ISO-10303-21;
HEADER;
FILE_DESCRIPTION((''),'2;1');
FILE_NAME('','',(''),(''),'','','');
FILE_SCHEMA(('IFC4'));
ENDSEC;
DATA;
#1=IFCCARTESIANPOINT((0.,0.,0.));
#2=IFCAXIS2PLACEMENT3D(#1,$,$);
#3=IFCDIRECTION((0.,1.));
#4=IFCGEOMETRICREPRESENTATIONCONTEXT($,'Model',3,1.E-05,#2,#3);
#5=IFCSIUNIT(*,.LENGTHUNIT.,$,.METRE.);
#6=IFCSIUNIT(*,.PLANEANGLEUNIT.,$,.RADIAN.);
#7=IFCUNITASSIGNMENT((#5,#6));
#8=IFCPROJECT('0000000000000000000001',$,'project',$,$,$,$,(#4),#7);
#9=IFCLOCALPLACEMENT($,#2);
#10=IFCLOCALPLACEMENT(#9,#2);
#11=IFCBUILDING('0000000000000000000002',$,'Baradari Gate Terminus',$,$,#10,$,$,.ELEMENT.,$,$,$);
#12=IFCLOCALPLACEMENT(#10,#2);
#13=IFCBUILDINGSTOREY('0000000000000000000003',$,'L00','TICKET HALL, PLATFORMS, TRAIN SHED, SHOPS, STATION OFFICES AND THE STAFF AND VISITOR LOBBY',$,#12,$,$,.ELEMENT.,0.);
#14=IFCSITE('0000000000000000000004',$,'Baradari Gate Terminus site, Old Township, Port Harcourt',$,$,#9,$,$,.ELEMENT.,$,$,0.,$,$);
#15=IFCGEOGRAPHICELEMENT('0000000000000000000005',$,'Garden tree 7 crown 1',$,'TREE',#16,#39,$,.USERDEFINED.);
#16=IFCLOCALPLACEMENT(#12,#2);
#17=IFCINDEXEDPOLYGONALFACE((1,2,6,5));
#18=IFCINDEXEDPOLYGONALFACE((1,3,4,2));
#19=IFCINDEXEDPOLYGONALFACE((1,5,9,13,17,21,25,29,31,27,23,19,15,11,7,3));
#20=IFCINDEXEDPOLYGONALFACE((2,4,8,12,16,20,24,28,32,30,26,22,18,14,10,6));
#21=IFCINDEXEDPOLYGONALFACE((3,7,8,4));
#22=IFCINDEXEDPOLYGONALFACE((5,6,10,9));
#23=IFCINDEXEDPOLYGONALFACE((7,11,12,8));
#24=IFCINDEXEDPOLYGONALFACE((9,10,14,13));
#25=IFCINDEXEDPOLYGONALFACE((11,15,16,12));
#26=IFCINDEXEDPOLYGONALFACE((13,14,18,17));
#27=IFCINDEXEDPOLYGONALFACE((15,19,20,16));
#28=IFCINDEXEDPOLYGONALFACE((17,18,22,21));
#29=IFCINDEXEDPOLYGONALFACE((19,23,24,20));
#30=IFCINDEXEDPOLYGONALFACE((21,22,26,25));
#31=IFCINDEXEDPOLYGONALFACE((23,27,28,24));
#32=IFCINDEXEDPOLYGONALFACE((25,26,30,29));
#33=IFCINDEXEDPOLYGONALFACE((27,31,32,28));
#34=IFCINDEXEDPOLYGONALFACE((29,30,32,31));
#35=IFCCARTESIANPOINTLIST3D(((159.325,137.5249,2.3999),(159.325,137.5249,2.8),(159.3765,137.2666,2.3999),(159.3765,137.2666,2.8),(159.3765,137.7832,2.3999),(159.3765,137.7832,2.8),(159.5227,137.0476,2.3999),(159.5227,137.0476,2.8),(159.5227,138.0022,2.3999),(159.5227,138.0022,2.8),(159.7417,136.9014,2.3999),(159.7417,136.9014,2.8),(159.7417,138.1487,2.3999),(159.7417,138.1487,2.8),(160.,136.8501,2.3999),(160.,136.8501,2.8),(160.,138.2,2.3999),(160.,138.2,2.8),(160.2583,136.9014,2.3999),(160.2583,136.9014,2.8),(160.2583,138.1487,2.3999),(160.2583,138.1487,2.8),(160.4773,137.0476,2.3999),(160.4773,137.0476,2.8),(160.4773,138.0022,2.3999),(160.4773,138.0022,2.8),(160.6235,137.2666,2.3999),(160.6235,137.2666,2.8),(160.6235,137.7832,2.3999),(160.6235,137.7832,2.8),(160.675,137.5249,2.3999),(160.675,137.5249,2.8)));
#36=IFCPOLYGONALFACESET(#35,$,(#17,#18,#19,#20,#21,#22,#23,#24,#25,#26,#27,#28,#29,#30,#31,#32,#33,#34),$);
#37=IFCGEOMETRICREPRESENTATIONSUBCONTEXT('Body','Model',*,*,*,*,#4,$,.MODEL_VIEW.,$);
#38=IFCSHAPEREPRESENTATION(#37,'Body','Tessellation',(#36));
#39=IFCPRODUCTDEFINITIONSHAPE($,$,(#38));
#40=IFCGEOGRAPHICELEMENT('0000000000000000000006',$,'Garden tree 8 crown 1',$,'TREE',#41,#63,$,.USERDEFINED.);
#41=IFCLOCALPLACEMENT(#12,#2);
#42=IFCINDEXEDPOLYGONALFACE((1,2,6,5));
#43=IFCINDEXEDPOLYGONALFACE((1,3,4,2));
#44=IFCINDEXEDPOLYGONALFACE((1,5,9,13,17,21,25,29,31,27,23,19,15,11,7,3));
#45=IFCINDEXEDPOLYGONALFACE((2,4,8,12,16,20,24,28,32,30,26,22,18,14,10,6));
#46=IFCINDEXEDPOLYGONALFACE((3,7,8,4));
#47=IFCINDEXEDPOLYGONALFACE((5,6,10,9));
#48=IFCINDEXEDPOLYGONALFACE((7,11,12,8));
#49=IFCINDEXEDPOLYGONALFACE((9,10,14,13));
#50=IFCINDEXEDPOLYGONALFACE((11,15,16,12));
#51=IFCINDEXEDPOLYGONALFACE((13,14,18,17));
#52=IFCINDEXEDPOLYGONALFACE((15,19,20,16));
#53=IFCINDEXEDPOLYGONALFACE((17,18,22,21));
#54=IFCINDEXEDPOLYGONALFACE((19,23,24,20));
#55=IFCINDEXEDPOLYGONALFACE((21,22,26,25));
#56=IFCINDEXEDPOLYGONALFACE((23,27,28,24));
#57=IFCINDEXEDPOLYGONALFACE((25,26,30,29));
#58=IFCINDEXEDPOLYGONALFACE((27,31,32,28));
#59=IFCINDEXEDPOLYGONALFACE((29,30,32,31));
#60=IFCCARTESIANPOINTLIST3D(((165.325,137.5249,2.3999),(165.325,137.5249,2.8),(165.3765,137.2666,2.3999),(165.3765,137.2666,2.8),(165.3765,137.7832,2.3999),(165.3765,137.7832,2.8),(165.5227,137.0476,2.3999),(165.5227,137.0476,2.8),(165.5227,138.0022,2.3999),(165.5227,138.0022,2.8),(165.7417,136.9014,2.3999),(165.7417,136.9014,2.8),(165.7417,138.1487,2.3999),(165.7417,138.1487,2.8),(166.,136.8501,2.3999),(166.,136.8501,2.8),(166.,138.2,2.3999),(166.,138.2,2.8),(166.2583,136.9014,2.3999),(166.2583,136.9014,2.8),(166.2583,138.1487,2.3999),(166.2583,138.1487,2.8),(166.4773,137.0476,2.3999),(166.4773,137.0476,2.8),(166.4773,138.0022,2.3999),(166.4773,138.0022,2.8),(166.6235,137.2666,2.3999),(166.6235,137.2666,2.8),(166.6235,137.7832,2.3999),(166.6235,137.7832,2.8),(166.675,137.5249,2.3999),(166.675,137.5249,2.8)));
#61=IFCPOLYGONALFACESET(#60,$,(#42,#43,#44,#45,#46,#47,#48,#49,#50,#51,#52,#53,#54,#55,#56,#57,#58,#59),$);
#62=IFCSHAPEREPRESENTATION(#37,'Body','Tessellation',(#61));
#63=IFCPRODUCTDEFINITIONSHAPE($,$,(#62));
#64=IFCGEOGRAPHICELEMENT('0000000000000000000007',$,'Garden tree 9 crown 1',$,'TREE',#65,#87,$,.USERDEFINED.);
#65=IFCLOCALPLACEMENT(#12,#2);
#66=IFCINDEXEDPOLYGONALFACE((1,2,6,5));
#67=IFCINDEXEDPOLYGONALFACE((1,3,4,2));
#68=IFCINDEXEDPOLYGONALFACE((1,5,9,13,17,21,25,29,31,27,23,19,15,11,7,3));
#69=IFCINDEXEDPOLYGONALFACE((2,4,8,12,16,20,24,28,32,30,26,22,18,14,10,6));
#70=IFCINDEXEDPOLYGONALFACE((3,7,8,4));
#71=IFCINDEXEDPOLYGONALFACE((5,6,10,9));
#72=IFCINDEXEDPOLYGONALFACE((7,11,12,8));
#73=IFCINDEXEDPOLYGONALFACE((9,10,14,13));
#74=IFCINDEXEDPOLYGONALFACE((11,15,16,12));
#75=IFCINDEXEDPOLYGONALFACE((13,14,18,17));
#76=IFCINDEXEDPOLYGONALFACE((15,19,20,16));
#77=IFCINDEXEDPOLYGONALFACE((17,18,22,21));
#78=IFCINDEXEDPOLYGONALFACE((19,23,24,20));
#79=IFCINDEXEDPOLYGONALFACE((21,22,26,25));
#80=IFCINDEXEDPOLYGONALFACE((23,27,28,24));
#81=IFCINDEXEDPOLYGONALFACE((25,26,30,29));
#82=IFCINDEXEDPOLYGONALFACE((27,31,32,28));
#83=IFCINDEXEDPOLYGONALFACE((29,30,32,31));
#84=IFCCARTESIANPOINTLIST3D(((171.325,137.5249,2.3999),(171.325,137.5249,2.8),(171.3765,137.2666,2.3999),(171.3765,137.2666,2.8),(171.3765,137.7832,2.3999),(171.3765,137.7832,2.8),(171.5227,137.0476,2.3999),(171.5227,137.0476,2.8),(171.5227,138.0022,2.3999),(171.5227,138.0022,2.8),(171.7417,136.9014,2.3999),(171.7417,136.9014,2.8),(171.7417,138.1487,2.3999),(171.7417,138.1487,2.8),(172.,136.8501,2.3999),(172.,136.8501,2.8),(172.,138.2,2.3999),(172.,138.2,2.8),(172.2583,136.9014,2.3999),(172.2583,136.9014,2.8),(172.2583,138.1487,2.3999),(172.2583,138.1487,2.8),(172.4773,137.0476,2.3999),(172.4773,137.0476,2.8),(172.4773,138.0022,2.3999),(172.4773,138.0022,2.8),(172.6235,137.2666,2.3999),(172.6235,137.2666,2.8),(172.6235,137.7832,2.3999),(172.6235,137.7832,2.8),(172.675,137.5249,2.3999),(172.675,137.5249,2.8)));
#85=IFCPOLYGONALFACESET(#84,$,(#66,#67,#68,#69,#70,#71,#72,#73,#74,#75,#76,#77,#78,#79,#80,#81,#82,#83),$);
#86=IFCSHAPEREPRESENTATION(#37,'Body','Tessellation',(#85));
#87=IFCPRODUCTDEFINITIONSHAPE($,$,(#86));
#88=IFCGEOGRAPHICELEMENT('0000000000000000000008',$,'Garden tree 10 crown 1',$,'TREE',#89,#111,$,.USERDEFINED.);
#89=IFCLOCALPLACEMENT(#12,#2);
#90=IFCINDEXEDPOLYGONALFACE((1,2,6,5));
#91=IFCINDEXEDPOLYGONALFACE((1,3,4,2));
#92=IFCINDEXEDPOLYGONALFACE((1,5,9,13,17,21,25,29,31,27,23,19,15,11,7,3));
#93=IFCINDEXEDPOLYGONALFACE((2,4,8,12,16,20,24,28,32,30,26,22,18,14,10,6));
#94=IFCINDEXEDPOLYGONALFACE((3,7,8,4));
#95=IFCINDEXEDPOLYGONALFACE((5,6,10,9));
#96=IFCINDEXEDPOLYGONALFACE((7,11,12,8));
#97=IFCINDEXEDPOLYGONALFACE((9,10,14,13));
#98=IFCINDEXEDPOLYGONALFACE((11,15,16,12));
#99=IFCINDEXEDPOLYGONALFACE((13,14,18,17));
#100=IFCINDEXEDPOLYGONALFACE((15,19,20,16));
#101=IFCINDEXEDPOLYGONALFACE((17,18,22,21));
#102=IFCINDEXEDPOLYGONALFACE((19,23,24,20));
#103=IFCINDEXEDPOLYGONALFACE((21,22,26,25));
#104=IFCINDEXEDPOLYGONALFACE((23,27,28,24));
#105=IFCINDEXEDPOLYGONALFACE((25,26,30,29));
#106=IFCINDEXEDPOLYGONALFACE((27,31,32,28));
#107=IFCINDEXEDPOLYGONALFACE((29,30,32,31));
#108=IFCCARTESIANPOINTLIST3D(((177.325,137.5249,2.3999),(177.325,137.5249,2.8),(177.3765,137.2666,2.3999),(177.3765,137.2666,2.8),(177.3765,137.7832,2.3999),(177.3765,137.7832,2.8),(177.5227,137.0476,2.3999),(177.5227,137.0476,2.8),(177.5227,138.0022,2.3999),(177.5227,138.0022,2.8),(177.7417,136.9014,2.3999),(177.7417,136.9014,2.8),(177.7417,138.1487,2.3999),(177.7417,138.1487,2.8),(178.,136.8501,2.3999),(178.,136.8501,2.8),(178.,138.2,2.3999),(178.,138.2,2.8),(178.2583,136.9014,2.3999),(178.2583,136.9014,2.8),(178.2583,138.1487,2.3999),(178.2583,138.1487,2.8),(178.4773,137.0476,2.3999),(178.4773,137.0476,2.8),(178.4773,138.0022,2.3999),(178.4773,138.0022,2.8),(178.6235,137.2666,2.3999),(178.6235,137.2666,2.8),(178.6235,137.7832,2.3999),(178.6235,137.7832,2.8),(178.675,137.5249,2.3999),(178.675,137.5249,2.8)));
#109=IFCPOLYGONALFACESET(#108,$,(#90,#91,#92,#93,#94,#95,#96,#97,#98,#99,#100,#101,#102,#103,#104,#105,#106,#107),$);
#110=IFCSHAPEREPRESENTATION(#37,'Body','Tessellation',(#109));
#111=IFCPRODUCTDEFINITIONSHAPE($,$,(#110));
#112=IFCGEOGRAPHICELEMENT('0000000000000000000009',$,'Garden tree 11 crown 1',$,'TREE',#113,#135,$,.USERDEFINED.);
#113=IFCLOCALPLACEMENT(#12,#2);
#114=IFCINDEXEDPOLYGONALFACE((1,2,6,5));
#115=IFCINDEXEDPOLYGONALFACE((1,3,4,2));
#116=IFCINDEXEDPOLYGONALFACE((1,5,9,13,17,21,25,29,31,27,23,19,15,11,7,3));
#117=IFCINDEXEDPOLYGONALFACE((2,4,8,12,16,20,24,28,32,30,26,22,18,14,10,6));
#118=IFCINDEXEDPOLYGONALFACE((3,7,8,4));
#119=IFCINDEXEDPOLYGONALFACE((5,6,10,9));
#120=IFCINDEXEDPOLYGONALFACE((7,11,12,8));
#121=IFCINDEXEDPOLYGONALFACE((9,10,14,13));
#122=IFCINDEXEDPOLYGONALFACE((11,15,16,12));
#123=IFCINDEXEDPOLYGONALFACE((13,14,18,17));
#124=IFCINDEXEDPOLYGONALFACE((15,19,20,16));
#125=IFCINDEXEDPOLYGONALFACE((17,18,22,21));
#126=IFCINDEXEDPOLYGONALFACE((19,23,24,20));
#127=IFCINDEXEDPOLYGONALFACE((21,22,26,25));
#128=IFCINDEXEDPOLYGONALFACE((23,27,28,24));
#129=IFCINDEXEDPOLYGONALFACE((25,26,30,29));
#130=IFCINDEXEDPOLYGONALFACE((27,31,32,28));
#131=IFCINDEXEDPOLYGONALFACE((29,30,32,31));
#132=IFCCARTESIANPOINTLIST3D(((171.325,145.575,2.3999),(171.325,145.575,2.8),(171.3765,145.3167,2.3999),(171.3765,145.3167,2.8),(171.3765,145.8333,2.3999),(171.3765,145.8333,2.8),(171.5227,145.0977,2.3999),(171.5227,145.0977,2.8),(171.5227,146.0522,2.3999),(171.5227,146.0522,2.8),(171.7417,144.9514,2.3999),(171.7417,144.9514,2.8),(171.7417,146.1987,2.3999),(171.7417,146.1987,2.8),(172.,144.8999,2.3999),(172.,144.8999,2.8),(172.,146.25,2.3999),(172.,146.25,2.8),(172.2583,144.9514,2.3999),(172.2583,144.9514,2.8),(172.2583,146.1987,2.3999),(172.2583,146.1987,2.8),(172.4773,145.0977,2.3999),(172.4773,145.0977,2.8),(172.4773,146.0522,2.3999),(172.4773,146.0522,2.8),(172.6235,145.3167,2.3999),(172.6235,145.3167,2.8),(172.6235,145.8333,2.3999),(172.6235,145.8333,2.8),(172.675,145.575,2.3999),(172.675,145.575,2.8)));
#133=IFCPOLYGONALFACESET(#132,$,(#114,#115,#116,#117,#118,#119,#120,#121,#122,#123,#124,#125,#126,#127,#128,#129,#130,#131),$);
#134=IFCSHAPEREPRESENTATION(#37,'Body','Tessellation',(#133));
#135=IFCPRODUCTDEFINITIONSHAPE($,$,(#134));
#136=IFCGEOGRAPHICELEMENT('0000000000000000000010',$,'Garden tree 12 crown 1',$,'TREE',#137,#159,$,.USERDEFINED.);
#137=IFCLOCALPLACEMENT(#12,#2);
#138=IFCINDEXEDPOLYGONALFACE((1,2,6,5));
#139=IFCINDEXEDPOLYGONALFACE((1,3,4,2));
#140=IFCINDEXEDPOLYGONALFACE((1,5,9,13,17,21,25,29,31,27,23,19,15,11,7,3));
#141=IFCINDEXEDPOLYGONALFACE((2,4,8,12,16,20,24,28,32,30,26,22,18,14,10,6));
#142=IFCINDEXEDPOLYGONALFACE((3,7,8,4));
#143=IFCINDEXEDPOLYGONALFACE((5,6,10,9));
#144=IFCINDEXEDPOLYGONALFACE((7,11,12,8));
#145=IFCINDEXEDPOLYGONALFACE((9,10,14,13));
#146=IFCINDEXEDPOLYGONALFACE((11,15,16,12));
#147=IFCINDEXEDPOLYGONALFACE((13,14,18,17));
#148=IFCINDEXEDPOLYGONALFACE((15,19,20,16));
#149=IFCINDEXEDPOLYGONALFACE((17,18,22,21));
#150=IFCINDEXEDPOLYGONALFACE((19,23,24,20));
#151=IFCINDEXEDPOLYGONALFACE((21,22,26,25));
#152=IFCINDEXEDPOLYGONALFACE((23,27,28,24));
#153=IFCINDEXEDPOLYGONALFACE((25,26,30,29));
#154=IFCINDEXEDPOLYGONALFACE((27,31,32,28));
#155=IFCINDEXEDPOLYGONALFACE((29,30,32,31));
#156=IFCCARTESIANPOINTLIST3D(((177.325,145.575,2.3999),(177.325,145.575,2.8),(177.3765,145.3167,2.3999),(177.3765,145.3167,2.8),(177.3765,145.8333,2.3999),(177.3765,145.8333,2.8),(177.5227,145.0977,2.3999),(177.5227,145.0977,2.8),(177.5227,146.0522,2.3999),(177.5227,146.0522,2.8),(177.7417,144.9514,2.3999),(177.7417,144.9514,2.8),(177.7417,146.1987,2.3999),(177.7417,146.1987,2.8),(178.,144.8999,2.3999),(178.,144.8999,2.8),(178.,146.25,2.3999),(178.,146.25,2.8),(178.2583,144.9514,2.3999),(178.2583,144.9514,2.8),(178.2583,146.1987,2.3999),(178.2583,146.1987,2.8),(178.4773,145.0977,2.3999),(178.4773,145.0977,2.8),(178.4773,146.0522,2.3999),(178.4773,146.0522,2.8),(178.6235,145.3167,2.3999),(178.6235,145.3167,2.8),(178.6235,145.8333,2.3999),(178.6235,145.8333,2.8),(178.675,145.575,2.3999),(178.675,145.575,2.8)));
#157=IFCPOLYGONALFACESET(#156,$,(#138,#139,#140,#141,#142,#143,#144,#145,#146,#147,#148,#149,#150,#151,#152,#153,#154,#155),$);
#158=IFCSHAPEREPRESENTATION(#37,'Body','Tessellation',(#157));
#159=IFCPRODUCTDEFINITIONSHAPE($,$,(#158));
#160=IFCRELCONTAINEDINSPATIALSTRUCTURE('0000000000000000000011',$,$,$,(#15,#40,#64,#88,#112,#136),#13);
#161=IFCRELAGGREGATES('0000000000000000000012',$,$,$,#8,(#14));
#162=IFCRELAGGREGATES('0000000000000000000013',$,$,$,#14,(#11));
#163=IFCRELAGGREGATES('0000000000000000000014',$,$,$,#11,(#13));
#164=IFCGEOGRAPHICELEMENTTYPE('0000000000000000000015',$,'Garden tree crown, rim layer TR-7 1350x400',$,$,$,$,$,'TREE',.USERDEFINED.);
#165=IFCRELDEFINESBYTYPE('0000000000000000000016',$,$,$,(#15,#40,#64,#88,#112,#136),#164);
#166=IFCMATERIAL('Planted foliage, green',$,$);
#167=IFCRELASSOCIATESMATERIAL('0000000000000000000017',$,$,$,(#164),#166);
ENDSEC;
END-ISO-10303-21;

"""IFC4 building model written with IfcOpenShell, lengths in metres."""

from ifc_helpers import new_model, si_unit, direction, frame, origin, place, context, subcontext, project, spatial, polyline, outline, extrude, material, type_object, element, save


model = new_model("IFC4")

# Units and contexts
model_context = context("Model", 3, precision=1e-05, world=origin(), true_north=direction((0.0, 1.0)))
body_context = subcontext(model_context, "Body", "Model", "MODEL_VIEW")
ifc_project = project(units=[si_unit("LENGTHUNIT", "METRE"), si_unit("PLANEANGLEUNIT", "RADIAN")], contexts=[model_context])

# Site, building, storey
site_placement = place(None, origin())
site = spatial("IfcSite", under=ifc_project, at=site_placement, Name="Baradari Gate Terminus site, Old Township, Port Harcourt", CompositionType="ELEMENT", RefElevation=0.0)
building_placement = place(site_placement, origin())
building = spatial("IfcBuilding", under=site, at=building_placement, Name="Baradari Gate Terminus", CompositionType="ELEMENT")
storey_placement = place(building_placement, origin())
storey = spatial("IfcBuildingStorey", under=building, at=storey_placement, Name="L00", Description="TICKET HALL, PLATFORMS, TRAIN SHED, SHOPS, STATION OFFICES AND THE STAFF AND VISITOR LOBBY", CompositionType="ELEMENT", Elevation=0.0)

# Geographic elements
ifc_material_1 = material(Name="Planted foliage, green")
geographic_element_type_1 = type_object("IfcGeographicElementType", Name="Garden tree crown, rim layer TR-7 1350x400", ElementType="TREE", PredefinedType="USERDEFINED", material=ifc_material_1)
geographic_element_1_placement = place(storey_placement, frame((0.0, 0.0, 2.3999)))
element("IfcGeographicElement", 1, at=geographic_element_1_placement, inside=storey, type_object=geographic_element_type_1, Name="Garden tree 7 crown 1", ObjectType="TREE", PredefinedType="USERDEFINED", context=body_context, shape_type="SweptSolid", body=[
    extrude(outline(polyline([(160.675, 137.5249), (160.6235, 137.7832), (160.4773, 138.0022), (160.2583, 138.1487), (160.0, 138.2), (159.7417, 138.1487), (159.5227, 138.0022), (159.3765, 137.7832), (159.325, 137.5249), (159.3765, 137.2666), (159.5227, 137.0476), (159.7417, 136.9014), (160.0, 136.8501), (160.2583, 136.9014), (160.4773, 137.0476), (160.6235, 137.2666), (160.675, 137.5249)])), origin(), (0.0, 0.0, 1.0), 0.4001),
])
geographic_element_2_placement = place(storey_placement, frame((0.0, 0.0, 2.3999)))
element("IfcGeographicElement", 2, at=geographic_element_2_placement, inside=storey, type_object=geographic_element_type_1, Name="Garden tree 8 crown 1", ObjectType="TREE", PredefinedType="USERDEFINED", context=body_context, shape_type="SweptSolid", body=[
    extrude(outline(polyline([(166.675, 137.5249), (166.6235, 137.7832), (166.4773, 138.0022), (166.2583, 138.1487), (166.0, 138.2), (165.7417, 138.1487), (165.5227, 138.0022), (165.3765, 137.7832), (165.325, 137.5249), (165.3765, 137.2666), (165.5227, 137.0476), (165.7417, 136.9014), (166.0, 136.8501), (166.2583, 136.9014), (166.4773, 137.0476), (166.6235, 137.2666), (166.675, 137.5249)])), origin(), (0.0, 0.0, 1.0), 0.4001),
])
geographic_element_3_placement = place(storey_placement, frame((0.0, 0.0, 2.3999)))
element("IfcGeographicElement", 3, at=geographic_element_3_placement, inside=storey, type_object=geographic_element_type_1, Name="Garden tree 9 crown 1", ObjectType="TREE", PredefinedType="USERDEFINED", context=body_context, shape_type="SweptSolid", body=[
    extrude(outline(polyline([(172.675, 137.5249), (172.6235, 137.7832), (172.4773, 138.0022), (172.2583, 138.1487), (172.0, 138.2), (171.7417, 138.1487), (171.5227, 138.0022), (171.3765, 137.7832), (171.325, 137.5249), (171.3765, 137.2666), (171.5227, 137.0476), (171.7417, 136.9014), (172.0, 136.8501), (172.2583, 136.9014), (172.4773, 137.0476), (172.6235, 137.2666), (172.675, 137.5249)])), origin(), (0.0, 0.0, 1.0), 0.4001),
])
geographic_element_4_placement = place(storey_placement, frame((0.0, 0.0, 2.3999)))
element("IfcGeographicElement", 4, at=geographic_element_4_placement, inside=storey, type_object=geographic_element_type_1, Name="Garden tree 10 crown 1", ObjectType="TREE", PredefinedType="USERDEFINED", context=body_context, shape_type="SweptSolid", body=[
    extrude(outline(polyline([(178.675, 137.5249), (178.6235, 137.7832), (178.4773, 138.0022), (178.2583, 138.1487), (178.0, 138.2), (177.7417, 138.1487), (177.5227, 138.0022), (177.3765, 137.7832), (177.325, 137.5249), (177.3765, 137.2666), (177.5227, 137.0476), (177.7417, 136.9014), (178.0, 136.8501), (178.2583, 136.9014), (178.4773, 137.0476), (178.6235, 137.2666), (178.675, 137.5249)])), origin(), (0.0, 0.0, 1.0), 0.4001),
])
geographic_element_5_placement = place(storey_placement, frame((0.0, 0.0, 2.3999)))
element("IfcGeographicElement", 5, at=geographic_element_5_placement, inside=storey, type_object=geographic_element_type_1, Name="Garden tree 11 crown 1", ObjectType="TREE", PredefinedType="USERDEFINED", context=body_context, shape_type="SweptSolid", body=[
    extrude(outline(polyline([(172.675, 145.575), (172.6235, 145.8333), (172.4773, 146.0522), (172.2583, 146.1987), (172.0, 146.25), (171.7417, 146.1987), (171.5227, 146.0522), (171.3765, 145.8333), (171.325, 145.575), (171.3765, 145.3167), (171.5227, 145.0977), (171.7417, 144.9514), (172.0, 144.8999), (172.2583, 144.9514), (172.4773, 145.0977), (172.6235, 145.3167), (172.675, 145.575)])), origin(), (0.0, 0.0, 1.0), 0.4001),
])
geographic_element_6_placement = place(storey_placement, frame((0.0, 0.0, 2.3999)))
element("IfcGeographicElement", 6, at=geographic_element_6_placement, inside=storey, type_object=geographic_element_type_1, Name="Garden tree 12 crown 1", ObjectType="TREE", PredefinedType="USERDEFINED", context=body_context, shape_type="SweptSolid", body=[
    extrude(outline(polyline([(178.675, 145.575), (178.6235, 145.8333), (178.4773, 146.0522), (178.2583, 146.1987), (178.0, 146.25), (177.7417, 146.1987), (177.5227, 146.0522), (177.3765, 145.8333), (177.325, 145.575), (177.3765, 145.3167), (177.5227, 145.0977), (177.7417, 144.9514), (178.0, 144.8999), (178.2583, 144.9514), (178.4773, 145.0977), (178.6235, 145.3167), (178.675, 145.575)])), origin(), (0.0, 0.0, 1.0), 0.4001),
])

save(model, "model.ifc")
